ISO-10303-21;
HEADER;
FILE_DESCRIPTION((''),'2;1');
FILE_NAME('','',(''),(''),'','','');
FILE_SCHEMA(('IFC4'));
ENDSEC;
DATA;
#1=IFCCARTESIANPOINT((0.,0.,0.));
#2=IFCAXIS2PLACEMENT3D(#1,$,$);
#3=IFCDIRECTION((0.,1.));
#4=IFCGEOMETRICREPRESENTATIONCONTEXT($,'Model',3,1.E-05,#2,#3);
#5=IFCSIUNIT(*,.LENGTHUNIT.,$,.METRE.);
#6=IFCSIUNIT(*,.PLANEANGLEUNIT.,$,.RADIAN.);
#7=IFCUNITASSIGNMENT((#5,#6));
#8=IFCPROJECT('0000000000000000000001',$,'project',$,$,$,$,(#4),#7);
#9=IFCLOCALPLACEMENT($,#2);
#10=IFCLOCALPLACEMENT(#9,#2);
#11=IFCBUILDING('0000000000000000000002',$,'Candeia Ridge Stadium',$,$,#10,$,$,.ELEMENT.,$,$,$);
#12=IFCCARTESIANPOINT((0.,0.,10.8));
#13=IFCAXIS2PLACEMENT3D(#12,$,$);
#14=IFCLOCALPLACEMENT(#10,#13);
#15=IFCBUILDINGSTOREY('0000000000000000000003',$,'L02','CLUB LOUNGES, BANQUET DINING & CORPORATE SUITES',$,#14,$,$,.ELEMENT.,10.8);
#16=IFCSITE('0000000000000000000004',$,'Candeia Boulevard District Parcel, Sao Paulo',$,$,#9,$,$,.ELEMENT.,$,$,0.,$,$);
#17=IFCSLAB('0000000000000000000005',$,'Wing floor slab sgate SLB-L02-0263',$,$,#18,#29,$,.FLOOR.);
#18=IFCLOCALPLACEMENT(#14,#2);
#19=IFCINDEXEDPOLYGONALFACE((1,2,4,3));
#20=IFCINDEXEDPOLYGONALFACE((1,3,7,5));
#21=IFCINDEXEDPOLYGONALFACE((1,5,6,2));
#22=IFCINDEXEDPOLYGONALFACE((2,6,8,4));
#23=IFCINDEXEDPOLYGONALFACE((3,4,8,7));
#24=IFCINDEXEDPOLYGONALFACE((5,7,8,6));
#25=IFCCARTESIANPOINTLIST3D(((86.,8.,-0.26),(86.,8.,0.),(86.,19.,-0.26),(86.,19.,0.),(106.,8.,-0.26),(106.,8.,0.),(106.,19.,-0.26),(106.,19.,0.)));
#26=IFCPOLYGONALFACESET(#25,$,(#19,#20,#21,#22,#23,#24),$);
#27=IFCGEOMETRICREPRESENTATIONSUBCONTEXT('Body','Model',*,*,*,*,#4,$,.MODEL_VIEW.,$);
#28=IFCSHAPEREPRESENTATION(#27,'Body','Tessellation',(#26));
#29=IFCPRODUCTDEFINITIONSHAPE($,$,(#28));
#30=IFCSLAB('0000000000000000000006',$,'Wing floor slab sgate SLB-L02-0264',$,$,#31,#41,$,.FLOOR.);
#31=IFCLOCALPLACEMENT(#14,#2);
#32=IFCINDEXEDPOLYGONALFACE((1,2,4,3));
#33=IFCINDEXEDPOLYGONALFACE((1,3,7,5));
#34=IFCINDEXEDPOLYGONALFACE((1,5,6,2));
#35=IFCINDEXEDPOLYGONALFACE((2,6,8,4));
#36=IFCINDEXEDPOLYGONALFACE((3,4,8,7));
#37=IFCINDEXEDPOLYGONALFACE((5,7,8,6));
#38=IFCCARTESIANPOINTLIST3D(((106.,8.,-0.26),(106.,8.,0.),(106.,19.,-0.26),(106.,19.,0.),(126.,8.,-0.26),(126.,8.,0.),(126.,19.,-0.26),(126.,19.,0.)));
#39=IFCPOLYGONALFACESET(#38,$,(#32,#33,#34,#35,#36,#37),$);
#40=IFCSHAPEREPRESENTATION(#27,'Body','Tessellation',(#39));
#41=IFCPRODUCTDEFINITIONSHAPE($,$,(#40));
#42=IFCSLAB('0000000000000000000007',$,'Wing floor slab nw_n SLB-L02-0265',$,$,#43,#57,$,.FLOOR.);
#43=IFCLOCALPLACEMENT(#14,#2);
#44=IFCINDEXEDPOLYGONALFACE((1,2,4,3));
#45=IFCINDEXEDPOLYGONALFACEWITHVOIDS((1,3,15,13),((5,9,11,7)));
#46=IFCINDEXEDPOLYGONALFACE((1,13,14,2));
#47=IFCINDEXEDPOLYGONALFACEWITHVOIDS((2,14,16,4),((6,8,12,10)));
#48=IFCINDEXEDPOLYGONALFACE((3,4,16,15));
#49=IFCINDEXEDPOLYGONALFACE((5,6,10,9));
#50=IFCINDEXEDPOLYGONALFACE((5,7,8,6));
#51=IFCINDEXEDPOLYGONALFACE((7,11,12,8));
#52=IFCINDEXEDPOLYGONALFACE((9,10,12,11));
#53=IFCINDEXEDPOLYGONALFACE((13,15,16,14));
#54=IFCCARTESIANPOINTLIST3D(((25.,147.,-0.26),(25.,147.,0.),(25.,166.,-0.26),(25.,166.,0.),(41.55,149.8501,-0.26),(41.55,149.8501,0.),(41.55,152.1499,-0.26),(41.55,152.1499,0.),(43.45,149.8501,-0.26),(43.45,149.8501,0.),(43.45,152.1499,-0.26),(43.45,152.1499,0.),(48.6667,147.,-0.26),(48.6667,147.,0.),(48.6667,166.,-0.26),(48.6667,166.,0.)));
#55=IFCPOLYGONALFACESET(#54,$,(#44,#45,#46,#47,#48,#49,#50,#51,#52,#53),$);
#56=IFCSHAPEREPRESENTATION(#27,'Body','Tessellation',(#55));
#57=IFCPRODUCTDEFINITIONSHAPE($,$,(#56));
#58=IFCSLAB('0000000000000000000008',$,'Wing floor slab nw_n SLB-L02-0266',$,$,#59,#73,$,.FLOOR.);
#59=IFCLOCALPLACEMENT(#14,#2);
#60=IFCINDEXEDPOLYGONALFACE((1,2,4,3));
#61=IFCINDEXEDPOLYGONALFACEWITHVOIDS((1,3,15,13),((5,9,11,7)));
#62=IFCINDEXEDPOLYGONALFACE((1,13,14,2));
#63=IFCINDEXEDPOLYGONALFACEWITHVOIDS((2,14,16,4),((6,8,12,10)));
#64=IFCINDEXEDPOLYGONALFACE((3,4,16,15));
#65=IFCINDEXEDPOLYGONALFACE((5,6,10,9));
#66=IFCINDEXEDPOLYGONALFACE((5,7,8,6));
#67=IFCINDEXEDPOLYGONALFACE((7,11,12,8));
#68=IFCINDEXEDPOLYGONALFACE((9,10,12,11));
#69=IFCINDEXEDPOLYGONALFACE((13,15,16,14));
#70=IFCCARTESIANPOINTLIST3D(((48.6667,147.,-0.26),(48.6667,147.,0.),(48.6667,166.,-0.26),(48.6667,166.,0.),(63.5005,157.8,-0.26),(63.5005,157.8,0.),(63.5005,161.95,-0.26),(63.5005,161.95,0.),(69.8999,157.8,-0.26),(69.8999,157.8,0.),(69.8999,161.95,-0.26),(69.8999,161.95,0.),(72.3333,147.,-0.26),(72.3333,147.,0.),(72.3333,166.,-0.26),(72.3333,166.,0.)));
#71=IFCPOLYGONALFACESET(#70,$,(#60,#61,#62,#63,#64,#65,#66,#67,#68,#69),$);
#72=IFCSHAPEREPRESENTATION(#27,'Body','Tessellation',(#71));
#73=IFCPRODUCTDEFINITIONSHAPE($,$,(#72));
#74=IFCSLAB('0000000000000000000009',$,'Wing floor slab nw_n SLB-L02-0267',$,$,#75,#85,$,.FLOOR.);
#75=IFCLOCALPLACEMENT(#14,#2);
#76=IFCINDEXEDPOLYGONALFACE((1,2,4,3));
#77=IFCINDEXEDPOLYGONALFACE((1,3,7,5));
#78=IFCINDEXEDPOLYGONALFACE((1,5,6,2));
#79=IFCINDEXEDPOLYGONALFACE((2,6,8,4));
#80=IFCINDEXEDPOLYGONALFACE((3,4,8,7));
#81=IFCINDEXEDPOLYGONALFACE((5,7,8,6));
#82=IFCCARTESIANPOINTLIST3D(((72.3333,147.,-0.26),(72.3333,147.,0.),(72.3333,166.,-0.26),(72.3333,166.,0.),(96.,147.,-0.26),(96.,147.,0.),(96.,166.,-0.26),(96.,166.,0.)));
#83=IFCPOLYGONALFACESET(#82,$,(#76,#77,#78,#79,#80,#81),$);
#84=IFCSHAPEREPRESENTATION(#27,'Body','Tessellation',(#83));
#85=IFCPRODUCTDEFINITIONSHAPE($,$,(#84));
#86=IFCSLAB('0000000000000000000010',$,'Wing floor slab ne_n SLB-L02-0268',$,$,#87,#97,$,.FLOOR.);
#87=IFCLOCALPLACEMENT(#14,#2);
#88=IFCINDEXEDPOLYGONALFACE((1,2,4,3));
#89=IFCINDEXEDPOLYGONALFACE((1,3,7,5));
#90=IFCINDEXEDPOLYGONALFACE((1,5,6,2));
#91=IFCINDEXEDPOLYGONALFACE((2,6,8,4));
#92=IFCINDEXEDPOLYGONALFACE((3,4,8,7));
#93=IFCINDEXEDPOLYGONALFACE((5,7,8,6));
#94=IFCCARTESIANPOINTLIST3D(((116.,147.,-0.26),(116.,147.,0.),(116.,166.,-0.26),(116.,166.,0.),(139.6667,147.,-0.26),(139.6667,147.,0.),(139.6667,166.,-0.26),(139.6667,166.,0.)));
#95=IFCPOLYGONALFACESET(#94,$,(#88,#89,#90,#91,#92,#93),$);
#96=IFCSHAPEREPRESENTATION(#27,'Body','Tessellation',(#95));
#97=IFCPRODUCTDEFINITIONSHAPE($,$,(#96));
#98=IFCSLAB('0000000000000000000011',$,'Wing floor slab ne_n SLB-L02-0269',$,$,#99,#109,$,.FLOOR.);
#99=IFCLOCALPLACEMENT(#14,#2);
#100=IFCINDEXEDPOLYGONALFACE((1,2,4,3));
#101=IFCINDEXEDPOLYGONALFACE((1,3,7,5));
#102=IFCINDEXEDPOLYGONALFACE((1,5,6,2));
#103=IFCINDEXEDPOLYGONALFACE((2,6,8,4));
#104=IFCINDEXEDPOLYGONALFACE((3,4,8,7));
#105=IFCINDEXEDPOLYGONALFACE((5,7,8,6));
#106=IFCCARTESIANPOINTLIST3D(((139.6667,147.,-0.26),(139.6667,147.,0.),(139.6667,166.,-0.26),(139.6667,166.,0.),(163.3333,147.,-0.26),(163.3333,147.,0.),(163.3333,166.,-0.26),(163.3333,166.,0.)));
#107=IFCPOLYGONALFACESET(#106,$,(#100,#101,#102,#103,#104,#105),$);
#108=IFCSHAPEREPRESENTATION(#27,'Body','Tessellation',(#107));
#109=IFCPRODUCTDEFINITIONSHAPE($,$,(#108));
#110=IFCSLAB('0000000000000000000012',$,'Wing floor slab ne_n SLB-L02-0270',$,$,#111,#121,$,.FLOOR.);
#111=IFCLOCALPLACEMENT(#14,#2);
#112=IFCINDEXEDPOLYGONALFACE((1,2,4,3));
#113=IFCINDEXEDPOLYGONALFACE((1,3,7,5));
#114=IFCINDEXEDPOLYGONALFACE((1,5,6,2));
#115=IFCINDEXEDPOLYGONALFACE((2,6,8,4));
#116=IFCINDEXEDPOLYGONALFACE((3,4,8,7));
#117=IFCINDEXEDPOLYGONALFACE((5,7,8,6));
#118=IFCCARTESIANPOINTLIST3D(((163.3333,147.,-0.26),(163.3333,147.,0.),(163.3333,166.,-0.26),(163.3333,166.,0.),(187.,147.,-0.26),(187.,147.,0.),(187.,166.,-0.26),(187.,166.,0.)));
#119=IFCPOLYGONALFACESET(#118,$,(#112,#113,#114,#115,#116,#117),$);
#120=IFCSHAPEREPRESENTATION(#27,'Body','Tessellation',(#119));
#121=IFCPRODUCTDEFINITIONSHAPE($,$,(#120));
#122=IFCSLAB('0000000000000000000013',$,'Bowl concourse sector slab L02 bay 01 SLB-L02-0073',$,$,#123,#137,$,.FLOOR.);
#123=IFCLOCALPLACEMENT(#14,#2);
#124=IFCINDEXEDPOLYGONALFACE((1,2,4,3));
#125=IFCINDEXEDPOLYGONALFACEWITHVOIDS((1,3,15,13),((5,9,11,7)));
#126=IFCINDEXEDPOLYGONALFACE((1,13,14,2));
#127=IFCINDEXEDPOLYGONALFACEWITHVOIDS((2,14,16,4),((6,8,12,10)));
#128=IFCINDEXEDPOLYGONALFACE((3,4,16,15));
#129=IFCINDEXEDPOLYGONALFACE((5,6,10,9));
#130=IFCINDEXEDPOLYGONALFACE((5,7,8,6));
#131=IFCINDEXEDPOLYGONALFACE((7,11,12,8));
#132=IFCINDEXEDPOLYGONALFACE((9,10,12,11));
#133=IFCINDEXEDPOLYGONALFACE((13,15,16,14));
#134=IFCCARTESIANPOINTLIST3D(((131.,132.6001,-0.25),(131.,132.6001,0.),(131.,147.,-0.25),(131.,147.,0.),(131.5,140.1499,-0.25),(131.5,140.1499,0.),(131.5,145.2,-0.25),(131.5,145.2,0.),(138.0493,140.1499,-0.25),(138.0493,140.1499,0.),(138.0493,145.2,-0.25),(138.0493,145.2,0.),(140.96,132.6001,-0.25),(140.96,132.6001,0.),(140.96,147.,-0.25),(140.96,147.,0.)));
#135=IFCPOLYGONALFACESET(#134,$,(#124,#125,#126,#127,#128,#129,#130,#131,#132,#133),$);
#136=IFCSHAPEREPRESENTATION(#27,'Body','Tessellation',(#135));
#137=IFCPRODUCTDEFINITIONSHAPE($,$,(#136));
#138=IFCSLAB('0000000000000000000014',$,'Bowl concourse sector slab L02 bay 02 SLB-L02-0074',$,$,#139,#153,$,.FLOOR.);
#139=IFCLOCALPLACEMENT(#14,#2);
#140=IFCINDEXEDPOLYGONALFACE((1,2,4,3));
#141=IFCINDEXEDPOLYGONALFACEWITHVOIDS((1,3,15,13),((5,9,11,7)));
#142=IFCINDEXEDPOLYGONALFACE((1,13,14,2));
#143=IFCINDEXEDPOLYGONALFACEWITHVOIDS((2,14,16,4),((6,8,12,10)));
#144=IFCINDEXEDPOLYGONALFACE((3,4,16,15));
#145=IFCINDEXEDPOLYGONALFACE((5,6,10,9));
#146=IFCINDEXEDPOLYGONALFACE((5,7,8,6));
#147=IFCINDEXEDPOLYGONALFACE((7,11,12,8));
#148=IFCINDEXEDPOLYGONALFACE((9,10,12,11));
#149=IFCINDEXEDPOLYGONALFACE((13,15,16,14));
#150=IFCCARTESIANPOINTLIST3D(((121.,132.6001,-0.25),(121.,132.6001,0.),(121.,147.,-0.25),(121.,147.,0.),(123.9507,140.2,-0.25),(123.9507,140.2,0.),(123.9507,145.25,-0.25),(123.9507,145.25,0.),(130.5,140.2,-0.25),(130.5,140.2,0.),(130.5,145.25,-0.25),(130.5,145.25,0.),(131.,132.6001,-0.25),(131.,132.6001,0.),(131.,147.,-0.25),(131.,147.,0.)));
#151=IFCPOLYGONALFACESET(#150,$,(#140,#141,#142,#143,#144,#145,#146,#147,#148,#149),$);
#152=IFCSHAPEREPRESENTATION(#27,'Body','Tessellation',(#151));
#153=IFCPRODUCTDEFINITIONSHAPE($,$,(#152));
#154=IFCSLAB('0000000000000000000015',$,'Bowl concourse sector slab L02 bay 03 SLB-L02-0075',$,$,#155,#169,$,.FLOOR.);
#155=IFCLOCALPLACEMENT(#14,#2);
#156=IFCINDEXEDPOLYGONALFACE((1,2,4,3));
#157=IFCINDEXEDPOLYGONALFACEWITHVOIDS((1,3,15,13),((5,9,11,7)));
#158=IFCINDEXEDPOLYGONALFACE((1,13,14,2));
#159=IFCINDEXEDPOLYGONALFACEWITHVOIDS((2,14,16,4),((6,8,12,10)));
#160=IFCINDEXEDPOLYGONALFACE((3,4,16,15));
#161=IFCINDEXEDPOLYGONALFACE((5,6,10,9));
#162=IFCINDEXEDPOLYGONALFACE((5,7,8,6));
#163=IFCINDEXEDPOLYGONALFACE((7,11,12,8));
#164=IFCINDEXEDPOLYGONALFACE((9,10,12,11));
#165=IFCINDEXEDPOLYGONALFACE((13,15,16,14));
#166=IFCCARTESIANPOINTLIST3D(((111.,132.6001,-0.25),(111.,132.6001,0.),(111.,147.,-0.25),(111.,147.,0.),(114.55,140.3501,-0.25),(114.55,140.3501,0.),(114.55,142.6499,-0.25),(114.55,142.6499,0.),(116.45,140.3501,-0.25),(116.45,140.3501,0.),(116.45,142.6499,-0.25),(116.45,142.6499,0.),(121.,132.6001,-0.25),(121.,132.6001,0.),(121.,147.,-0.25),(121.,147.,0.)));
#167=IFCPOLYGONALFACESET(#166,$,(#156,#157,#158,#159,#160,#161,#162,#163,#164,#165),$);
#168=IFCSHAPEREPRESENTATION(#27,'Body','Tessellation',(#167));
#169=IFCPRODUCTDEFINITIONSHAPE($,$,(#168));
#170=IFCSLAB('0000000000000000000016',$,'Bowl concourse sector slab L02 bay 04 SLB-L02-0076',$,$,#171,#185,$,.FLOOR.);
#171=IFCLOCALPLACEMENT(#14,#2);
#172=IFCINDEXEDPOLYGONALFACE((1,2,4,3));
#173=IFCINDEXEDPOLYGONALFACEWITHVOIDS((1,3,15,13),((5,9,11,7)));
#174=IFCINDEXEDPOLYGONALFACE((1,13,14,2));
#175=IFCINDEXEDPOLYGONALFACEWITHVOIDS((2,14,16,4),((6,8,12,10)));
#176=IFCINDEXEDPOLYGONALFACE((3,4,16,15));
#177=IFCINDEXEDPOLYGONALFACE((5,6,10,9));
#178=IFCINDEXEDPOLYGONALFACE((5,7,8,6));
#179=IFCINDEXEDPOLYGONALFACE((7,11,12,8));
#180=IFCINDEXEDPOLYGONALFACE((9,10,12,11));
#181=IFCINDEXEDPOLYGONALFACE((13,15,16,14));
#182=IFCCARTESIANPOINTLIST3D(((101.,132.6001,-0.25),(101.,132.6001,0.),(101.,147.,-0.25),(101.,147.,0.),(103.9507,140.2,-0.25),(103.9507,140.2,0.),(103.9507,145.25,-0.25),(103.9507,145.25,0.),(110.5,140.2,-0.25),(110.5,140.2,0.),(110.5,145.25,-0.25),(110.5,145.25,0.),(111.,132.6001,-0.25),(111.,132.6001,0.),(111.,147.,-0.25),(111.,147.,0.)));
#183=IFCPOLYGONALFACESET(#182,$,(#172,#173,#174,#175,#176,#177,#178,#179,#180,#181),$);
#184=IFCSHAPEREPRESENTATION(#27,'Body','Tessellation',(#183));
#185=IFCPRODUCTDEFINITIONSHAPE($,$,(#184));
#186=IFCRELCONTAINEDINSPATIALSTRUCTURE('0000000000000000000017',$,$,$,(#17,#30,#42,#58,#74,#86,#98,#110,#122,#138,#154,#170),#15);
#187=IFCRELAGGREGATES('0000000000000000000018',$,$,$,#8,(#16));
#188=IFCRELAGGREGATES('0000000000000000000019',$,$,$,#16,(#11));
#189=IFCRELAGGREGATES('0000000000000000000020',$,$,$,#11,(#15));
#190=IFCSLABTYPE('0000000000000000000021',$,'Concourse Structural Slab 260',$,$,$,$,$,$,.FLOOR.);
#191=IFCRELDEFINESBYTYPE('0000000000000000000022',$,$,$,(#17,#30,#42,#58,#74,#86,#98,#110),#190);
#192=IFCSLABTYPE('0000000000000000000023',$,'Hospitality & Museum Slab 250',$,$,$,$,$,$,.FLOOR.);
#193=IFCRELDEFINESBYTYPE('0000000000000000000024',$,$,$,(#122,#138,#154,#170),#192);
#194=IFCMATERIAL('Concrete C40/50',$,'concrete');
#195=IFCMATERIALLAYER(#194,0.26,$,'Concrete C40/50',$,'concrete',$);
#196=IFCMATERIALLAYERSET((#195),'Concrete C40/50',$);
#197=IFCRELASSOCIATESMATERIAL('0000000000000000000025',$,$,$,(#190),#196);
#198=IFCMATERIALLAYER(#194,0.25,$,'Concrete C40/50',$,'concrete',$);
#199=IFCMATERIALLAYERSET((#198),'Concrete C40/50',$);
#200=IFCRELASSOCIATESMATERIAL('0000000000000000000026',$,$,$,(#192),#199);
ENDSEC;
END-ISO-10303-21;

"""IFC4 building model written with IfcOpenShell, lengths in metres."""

from ifc_helpers import new_model, si_unit, direction, frame, origin, place, context, subcontext, project, spatial, polyline, outline, extrude, material, layer, layer_set, type_object, element, save


model = new_model("IFC4")

# Units and contexts
model_context = context("Model", 3, precision=1e-05, world=origin(), true_north=direction((0.0, 1.0)))
body_context = subcontext(model_context, "Body", "Model", "MODEL_VIEW")
ifc_project = project(units=[si_unit("LENGTHUNIT", "METRE"), si_unit("PLANEANGLEUNIT", "RADIAN")], contexts=[model_context])

# Site, building, storey
site_placement = place(None, origin())
site = spatial("IfcSite", under=ifc_project, at=site_placement, Name="Candeia Boulevard District Parcel, Sao Paulo", CompositionType="ELEMENT", RefElevation=0.0)
building_placement = place(site_placement, origin())
building = spatial("IfcBuilding", under=site, at=building_placement, Name="Candeia Ridge Stadium", CompositionType="ELEMENT")
storey_placement = place(building_placement, frame((0.0, 0.0, 10.8)))
storey = spatial("IfcBuildingStorey", under=building, at=storey_placement, Name="L02", Description="CLUB LOUNGES, BANQUET DINING & CORPORATE SUITES", CompositionType="ELEMENT", Elevation=10.8)

# Slabs
ifc_material = material(Name="Concrete C40/50", Category="concrete")
ifc_layer_1 = layer(ifc_material, 0.26, Name="Concrete C40/50", Category="concrete")
ifc_layer_set_1 = layer_set([ifc_layer_1], Name="Concrete C40/50")
slab_type_1 = type_object("IfcSlabType", Name="Concourse Structural Slab 260", PredefinedType="FLOOR", material=ifc_layer_set_1)
slab_1_placement = place(storey_placement, frame((0.0, 0.0, -0.26)))
element("IfcSlab", 1, at=slab_1_placement, inside=storey, type_object=slab_type_1, Name="Wing floor slab sgate SLB-L02-0263", PredefinedType="FLOOR", context=body_context, shape_type="SweptSolid", body=[
    extrude(outline(polyline([(86.0, 8.0), (86.0, 19.0), (106.0, 19.0), (106.0, 8.0), (86.0, 8.0)])), origin(), (0.0, 0.0, 1.0), 0.26),
])
slab_2_placement = place(storey_placement, frame((0.0, 0.0, -0.26)))
element("IfcSlab", 2, at=slab_2_placement, inside=storey, type_object=slab_type_1, Name="Wing floor slab sgate SLB-L02-0264", PredefinedType="FLOOR", context=body_context, shape_type="SweptSolid", body=[
    extrude(outline(polyline([(106.0, 8.0), (106.0, 19.0), (126.0, 19.0), (126.0, 8.0), (106.0, 8.0)])), origin(), (0.0, 0.0, 1.0), 0.26),
])
slab_3_placement = place(storey_placement, frame((0.0, 0.0, -0.26)))
element("IfcSlab", 3, at=slab_3_placement, inside=storey, type_object=slab_type_1, Name="Wing floor slab nw_n SLB-L02-0265", PredefinedType="FLOOR", context=body_context, shape_type="SweptSolid", body=[
    extrude(outline(polyline([(25.0, 147.0), (25.0, 166.0), (48.6667, 166.0), (48.6667, 147.0), (25.0, 147.0)]), holes=[polyline([(41.55, 149.8501), (43.45, 149.8501), (43.45, 152.1499), (41.55, 152.1499), (41.55, 149.8501)])]), origin(), (0.0, 0.0, 1.0), 0.26),
])
slab_4_placement = place(storey_placement, frame((0.0, 0.0, -0.26)))
element("IfcSlab", 4, at=slab_4_placement, inside=storey, type_object=slab_type_1, Name="Wing floor slab nw_n SLB-L02-0266", PredefinedType="FLOOR", context=body_context, shape_type="SweptSolid", body=[
    extrude(outline(polyline([(48.6667, 147.0), (48.6667, 166.0), (72.3333, 166.0), (72.3333, 147.0), (48.6667, 147.0)]), holes=[polyline([(63.5005, 161.95), (63.5005, 157.8), (69.8999, 157.8), (69.8999, 161.95), (63.5005, 161.95)])]), origin(), (0.0, 0.0, 1.0), 0.26),
])
slab_5_placement = place(storey_placement, frame((0.0, 0.0, -0.26)))
element("IfcSlab", 5, at=slab_5_placement, inside=storey, type_object=slab_type_1, Name="Wing floor slab nw_n SLB-L02-0267", PredefinedType="FLOOR", context=body_context, shape_type="SweptSolid", body=[
    extrude(outline(polyline([(72.3333, 147.0), (72.3333, 166.0), (96.0, 166.0), (96.0, 147.0), (72.3333, 147.0)])), origin(), (0.0, 0.0, 1.0), 0.26),
])
slab_6_placement = place(storey_placement, frame((0.0, 0.0, -0.26)))
element("IfcSlab", 6, at=slab_6_placement, inside=storey, type_object=slab_type_1, Name="Wing floor slab ne_n SLB-L02-0268", PredefinedType="FLOOR", context=body_context, shape_type="SweptSolid", body=[
    extrude(outline(polyline([(116.0, 147.0), (116.0, 166.0), (139.6667, 166.0), (139.6667, 147.0), (116.0, 147.0)])), origin(), (0.0, 0.0, 1.0), 0.26),
])
slab_7_placement = place(storey_placement, frame((0.0, 0.0, -0.26)))
element("IfcSlab", 7, at=slab_7_placement, inside=storey, type_object=slab_type_1, Name="Wing floor slab ne_n SLB-L02-0269", PredefinedType="FLOOR", context=body_context, shape_type="SweptSolid", body=[
    extrude(outline(polyline([(139.6667, 147.0), (139.6667, 166.0), (163.3333, 166.0), (163.3333, 147.0), (139.6667, 147.0)])), origin(), (0.0, 0.0, 1.0), 0.26),
])
slab_8_placement = place(storey_placement, frame((0.0, 0.0, -0.26)))
element("IfcSlab", 8, at=slab_8_placement, inside=storey, type_object=slab_type_1, Name="Wing floor slab ne_n SLB-L02-0270", PredefinedType="FLOOR", context=body_context, shape_type="SweptSolid", body=[
    extrude(outline(polyline([(163.3333, 147.0), (163.3333, 166.0), (187.0, 166.0), (187.0, 147.0), (163.3333, 147.0)])), origin(), (0.0, 0.0, 1.0), 0.26),
])
ifc_layer_2 = layer(ifc_material, 0.25, Name="Concrete C40/50", Category="concrete")
ifc_layer_set_2 = layer_set([ifc_layer_2], Name="Concrete C40/50")
slab_type_2 = type_object("IfcSlabType", Name="Hospitality & Museum Slab 250", PredefinedType="FLOOR", material=ifc_layer_set_2)
slab_9_placement = place(storey_placement, frame((0.0, 0.0, -0.25)))
element("IfcSlab", 9, at=slab_9_placement, inside=storey, type_object=slab_type_2, Name="Bowl concourse sector slab L02 bay 01 SLB-L02-0073", PredefinedType="FLOOR", context=body_context, shape_type="SweptSolid", body=[
    extrude(outline(polyline([(131.0, 132.6001), (131.0, 147.0), (140.96, 147.0), (140.96, 132.6001), (131.0, 132.6001)]), holes=[polyline([(138.0493, 145.2), (131.5, 145.2), (131.5, 140.1499), (138.0493, 140.1499), (138.0493, 145.2)])]), origin(), (0.0, 0.0, 1.0), 0.25),
])
slab_10_placement = place(storey_placement, frame((0.0, 0.0, -0.25)))
element("IfcSlab", 10, at=slab_10_placement, inside=storey, type_object=slab_type_2, Name="Bowl concourse sector slab L02 bay 02 SLB-L02-0074", PredefinedType="FLOOR", context=body_context, shape_type="SweptSolid", body=[
    extrude(outline(polyline([(121.0, 132.6001), (121.0, 147.0), (131.0, 147.0), (131.0, 132.6001), (121.0, 132.6001)]), holes=[polyline([(123.9507, 145.25), (123.9507, 140.2), (130.5, 140.2), (130.5, 145.25), (123.9507, 145.25)])]), origin(), (0.0, 0.0, 1.0), 0.25),
])
slab_11_placement = place(storey_placement, frame((0.0, 0.0, -0.25)))
element("IfcSlab", 11, at=slab_11_placement, inside=storey, type_object=slab_type_2, Name="Bowl concourse sector slab L02 bay 03 SLB-L02-0075", PredefinedType="FLOOR", context=body_context, shape_type="SweptSolid", body=[
    extrude(outline(polyline([(111.0, 132.6001), (111.0, 147.0), (121.0, 147.0), (121.0, 132.6001), (111.0, 132.6001)]), holes=[polyline([(116.45, 140.3501), (116.45, 142.6499), (114.55, 142.6499), (114.55, 140.3501), (116.45, 140.3501)])]), origin(), (0.0, 0.0, 1.0), 0.25),
])
slab_12_placement = place(storey_placement, frame((0.0, 0.0, -0.25)))
element("IfcSlab", 12, at=slab_12_placement, inside=storey, type_object=slab_type_2, Name="Bowl concourse sector slab L02 bay 04 SLB-L02-0076", PredefinedType="FLOOR", context=body_context, shape_type="SweptSolid", body=[
    extrude(outline(polyline([(101.0, 132.6001), (101.0, 147.0), (111.0, 147.0), (111.0, 132.6001), (101.0, 132.6001)]), holes=[polyline([(103.9507, 145.25), (103.9507, 140.2), (110.5, 140.2), (110.5, 145.25), (103.9507, 145.25)])]), origin(), (0.0, 0.0, 1.0), 0.25),
])

save(model, "model.ifc")
